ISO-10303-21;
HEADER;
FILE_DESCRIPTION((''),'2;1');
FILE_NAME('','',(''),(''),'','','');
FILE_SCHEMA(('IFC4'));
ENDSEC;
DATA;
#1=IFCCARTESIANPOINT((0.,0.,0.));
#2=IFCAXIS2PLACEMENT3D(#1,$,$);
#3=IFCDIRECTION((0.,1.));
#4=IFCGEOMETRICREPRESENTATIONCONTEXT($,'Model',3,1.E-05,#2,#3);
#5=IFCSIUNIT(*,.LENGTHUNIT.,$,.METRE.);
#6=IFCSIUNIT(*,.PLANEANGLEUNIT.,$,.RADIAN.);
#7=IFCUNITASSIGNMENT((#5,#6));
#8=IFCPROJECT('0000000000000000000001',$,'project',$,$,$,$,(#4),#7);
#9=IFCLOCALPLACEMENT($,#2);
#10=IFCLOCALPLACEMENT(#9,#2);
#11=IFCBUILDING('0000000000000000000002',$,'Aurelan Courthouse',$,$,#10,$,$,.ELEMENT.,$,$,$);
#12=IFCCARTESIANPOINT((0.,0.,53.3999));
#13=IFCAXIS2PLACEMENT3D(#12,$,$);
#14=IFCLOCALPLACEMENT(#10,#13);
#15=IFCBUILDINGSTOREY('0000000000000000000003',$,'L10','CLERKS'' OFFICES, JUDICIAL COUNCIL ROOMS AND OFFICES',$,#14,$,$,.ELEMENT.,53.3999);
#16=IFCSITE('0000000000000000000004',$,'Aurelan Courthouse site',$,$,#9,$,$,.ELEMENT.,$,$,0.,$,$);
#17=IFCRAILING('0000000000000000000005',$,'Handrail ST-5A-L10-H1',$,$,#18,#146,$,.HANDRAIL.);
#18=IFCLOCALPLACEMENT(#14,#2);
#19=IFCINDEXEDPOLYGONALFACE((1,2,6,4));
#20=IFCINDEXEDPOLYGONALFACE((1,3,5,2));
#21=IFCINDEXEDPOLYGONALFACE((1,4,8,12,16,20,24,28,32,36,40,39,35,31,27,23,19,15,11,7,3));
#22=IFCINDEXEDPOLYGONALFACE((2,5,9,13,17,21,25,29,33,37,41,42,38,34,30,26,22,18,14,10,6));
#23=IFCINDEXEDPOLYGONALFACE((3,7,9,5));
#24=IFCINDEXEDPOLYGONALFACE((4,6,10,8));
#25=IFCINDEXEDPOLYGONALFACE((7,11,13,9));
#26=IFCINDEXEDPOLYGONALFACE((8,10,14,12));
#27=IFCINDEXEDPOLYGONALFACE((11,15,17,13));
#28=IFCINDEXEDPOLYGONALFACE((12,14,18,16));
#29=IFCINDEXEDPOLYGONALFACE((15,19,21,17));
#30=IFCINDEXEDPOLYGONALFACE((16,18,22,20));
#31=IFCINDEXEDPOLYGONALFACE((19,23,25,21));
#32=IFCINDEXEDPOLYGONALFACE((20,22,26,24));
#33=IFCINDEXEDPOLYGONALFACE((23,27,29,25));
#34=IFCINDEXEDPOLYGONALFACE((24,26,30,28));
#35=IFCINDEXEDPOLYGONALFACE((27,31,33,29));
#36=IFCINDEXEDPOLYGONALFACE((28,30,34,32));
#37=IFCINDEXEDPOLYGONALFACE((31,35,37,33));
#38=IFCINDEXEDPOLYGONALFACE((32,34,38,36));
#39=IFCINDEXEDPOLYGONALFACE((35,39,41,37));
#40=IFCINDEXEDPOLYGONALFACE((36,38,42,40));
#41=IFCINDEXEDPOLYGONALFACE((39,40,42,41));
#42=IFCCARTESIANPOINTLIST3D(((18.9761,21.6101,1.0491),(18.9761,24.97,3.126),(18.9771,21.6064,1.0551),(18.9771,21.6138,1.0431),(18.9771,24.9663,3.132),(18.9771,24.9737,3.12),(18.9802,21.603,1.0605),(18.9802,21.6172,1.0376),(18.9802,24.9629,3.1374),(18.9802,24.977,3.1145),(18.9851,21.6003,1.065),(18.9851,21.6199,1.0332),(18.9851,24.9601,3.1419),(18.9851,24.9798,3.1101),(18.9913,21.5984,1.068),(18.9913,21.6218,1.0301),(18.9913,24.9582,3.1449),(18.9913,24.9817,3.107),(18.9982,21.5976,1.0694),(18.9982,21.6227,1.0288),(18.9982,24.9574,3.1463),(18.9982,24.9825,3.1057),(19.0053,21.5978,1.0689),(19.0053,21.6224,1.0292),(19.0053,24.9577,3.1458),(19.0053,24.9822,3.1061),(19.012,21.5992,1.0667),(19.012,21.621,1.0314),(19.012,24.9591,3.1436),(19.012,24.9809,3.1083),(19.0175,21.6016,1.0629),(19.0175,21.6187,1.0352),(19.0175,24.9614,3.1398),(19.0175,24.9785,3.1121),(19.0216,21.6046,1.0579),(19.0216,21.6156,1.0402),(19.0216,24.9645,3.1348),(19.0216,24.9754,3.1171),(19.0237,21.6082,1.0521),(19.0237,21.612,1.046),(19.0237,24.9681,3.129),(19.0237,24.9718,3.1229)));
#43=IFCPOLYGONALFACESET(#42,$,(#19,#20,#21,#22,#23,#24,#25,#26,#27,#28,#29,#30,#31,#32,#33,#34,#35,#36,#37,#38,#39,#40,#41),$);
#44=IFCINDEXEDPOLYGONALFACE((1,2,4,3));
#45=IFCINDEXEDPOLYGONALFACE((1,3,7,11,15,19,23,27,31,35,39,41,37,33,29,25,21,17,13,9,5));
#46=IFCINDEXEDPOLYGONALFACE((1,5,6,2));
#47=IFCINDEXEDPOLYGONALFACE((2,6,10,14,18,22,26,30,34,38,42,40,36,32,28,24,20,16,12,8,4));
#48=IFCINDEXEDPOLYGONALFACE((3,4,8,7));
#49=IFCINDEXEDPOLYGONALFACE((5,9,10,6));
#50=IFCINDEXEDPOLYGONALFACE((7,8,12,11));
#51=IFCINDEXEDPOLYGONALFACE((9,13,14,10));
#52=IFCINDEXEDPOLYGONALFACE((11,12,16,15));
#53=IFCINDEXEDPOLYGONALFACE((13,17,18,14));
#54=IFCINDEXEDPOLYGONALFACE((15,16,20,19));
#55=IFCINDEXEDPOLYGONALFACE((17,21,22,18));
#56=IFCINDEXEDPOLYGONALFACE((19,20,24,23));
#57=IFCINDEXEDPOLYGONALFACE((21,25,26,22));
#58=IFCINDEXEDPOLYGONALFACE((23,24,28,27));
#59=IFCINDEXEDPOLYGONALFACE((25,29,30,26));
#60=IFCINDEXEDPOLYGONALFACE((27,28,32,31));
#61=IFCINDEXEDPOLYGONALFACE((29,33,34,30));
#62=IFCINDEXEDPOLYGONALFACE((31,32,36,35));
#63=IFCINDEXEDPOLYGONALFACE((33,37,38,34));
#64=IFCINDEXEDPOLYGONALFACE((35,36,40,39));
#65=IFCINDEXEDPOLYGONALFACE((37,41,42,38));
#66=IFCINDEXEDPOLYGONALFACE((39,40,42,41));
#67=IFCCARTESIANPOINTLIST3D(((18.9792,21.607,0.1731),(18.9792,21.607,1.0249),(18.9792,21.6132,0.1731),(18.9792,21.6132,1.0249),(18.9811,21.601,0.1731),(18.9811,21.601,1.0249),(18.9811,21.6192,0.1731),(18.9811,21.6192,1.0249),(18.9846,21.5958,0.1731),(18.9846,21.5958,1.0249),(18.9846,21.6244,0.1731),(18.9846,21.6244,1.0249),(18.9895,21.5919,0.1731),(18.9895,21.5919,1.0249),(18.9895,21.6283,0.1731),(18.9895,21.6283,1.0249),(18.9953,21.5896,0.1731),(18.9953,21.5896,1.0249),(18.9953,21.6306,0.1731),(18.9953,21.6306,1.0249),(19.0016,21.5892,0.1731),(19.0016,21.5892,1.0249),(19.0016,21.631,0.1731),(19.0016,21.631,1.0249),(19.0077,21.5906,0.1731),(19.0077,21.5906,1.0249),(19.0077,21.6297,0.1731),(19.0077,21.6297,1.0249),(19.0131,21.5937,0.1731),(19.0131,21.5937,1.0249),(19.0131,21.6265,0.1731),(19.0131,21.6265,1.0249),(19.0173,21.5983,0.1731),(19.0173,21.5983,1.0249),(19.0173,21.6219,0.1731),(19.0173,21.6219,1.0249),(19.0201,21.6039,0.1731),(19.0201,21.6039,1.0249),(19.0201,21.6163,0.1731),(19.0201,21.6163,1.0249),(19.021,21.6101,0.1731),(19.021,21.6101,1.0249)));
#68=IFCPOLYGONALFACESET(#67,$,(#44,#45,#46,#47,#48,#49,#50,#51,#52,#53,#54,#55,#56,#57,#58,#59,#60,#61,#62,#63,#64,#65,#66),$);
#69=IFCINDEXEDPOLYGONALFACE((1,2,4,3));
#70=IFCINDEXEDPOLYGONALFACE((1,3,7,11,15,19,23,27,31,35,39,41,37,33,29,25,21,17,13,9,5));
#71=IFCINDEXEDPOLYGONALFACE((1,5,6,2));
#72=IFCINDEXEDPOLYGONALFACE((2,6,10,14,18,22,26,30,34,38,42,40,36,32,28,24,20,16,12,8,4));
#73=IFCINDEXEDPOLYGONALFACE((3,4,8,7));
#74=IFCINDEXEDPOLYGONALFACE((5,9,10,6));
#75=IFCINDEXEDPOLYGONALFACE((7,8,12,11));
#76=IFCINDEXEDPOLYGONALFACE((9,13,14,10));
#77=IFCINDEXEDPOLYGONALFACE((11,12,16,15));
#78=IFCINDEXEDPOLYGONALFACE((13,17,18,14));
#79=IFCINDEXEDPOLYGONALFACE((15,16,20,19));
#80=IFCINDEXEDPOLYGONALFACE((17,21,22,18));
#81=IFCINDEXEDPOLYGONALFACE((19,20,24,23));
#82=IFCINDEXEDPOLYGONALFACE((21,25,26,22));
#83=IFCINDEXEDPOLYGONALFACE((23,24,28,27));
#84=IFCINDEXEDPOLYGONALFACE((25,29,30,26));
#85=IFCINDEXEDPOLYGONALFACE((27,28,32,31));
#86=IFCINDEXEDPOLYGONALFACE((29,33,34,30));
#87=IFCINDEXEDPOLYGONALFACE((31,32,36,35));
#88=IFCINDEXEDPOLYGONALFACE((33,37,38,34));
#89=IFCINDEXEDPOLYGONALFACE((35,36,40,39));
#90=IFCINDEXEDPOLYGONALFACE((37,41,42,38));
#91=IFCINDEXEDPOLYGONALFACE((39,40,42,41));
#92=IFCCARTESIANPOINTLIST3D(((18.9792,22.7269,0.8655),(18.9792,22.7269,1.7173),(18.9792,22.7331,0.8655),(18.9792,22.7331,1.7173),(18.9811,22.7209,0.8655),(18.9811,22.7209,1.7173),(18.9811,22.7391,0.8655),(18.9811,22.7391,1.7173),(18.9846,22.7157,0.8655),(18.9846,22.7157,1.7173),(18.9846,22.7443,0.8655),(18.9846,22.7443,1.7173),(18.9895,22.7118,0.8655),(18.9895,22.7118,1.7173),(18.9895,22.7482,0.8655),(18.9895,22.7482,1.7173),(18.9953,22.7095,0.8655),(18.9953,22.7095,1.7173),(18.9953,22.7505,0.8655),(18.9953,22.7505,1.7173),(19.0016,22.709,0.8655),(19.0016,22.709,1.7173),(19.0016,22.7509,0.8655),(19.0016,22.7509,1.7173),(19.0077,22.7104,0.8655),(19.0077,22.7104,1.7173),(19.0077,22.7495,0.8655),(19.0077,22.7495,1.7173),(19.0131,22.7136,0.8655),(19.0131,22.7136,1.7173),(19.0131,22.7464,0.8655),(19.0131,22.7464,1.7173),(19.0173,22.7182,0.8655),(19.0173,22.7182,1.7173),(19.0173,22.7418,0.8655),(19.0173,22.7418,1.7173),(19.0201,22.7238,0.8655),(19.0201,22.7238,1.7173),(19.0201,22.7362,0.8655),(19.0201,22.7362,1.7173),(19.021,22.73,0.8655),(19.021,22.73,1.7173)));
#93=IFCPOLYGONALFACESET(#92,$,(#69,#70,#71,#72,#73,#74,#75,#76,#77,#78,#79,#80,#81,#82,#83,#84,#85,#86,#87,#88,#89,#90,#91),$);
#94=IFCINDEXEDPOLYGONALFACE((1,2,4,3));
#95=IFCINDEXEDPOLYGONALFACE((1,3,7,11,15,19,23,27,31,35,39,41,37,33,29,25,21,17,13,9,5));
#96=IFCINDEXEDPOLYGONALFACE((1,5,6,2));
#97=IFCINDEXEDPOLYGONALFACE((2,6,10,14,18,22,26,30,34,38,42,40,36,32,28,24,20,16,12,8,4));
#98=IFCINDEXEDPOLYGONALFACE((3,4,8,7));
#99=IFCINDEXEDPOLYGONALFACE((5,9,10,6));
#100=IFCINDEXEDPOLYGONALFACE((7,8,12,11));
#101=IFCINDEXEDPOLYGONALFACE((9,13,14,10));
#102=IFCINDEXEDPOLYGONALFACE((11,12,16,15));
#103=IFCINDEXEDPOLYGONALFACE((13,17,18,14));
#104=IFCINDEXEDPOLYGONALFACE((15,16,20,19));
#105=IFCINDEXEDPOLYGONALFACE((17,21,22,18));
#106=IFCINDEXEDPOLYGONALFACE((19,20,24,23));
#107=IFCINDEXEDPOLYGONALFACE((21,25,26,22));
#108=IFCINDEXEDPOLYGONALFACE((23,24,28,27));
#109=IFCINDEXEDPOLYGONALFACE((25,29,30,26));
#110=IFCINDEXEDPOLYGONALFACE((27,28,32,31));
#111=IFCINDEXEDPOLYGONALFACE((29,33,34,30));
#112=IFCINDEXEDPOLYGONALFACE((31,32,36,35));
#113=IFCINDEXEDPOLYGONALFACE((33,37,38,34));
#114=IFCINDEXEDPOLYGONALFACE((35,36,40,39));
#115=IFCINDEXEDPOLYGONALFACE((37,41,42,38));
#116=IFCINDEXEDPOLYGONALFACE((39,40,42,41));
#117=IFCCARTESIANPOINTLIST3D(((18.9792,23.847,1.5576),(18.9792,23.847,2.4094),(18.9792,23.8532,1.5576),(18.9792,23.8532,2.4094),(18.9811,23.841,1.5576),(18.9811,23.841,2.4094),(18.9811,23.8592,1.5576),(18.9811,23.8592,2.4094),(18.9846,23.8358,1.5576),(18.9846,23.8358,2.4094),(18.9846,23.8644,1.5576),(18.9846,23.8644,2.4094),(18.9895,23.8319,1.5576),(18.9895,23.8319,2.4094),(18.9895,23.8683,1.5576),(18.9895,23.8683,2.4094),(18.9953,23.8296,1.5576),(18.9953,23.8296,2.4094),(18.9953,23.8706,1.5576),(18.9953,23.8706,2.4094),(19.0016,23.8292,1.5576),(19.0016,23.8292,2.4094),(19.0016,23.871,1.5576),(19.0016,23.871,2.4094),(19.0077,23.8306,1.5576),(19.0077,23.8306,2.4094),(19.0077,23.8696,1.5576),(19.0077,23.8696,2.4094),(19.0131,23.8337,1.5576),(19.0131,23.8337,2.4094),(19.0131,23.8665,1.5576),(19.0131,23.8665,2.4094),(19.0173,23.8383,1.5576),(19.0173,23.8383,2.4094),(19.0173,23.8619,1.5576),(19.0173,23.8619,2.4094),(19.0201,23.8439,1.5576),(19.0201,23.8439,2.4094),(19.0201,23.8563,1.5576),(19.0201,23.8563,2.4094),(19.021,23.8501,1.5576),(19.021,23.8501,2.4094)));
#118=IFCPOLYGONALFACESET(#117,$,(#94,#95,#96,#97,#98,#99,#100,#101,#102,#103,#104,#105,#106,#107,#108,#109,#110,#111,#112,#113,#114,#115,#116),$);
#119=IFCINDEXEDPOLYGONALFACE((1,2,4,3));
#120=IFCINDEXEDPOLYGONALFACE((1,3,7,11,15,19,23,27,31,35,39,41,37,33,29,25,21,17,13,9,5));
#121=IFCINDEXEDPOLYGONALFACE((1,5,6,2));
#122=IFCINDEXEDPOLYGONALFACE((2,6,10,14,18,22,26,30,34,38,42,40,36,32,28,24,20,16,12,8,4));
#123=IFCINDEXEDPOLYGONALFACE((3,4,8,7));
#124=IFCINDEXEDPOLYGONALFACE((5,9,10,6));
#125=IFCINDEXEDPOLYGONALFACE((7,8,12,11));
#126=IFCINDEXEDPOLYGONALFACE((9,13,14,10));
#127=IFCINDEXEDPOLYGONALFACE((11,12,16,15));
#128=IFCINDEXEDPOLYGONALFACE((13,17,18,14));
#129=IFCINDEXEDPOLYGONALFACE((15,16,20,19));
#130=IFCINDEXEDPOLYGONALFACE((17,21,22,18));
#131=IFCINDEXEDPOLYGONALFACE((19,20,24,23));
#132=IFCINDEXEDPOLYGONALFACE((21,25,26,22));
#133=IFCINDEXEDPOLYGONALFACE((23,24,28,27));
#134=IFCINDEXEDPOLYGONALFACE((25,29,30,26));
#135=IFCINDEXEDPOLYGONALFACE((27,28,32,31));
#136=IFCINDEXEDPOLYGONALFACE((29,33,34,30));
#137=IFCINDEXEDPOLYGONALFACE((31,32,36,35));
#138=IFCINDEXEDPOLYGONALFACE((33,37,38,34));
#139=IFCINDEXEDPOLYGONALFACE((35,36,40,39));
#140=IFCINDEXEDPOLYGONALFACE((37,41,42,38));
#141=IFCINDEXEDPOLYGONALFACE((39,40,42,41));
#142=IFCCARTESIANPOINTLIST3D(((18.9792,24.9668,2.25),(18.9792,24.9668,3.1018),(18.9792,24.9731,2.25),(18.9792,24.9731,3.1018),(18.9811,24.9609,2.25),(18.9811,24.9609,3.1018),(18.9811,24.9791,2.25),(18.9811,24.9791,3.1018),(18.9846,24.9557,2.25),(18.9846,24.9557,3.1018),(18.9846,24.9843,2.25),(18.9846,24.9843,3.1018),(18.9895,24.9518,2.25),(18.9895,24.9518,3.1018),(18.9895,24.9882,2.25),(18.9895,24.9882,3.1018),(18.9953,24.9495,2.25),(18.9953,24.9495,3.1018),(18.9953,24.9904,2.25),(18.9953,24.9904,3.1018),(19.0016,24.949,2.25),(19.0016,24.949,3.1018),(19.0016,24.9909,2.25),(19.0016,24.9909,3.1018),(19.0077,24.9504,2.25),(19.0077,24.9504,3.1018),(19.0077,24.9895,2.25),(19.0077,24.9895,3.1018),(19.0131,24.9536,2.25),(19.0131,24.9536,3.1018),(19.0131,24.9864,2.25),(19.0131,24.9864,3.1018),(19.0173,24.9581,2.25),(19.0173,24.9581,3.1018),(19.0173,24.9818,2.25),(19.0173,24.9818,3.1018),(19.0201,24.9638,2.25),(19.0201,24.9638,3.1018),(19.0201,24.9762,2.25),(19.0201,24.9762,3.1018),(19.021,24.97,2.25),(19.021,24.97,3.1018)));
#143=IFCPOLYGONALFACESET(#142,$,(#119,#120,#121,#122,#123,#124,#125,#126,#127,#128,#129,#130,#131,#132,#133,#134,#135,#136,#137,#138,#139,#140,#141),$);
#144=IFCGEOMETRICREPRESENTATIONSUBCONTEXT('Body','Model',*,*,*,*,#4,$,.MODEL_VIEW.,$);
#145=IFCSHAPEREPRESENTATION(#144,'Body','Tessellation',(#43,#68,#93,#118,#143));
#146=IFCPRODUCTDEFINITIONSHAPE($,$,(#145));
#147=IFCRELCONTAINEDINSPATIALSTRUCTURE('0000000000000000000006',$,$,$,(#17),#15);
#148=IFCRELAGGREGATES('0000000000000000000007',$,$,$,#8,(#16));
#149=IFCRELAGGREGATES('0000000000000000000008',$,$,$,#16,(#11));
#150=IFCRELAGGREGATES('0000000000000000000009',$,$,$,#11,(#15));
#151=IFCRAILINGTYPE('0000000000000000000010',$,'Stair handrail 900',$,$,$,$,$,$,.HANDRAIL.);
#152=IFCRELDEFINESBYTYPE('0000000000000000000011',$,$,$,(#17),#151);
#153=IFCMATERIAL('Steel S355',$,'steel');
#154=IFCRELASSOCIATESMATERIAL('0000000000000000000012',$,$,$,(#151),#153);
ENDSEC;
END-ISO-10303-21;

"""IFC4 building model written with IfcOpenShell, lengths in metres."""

from ifc_helpers import new_model, si_unit, direction, frame, origin, origin_2d, place, context, subcontext, project, spatial, circle, extrude, material, type_object, element, save


model = new_model("IFC4")

# Units and contexts
model_context = context("Model", 3, precision=1e-05, world=origin(), true_north=direction((0.0, 1.0)))
body_context = subcontext(model_context, "Body", "Model", "MODEL_VIEW")
ifc_project = project(units=[si_unit("LENGTHUNIT", "METRE"), si_unit("PLANEANGLEUNIT", "RADIAN")], contexts=[model_context])

# Site, building, storey
site_placement = place(None, origin())
site = spatial("IfcSite", under=ifc_project, at=site_placement, Name="Aurelan Courthouse site", CompositionType="ELEMENT", RefElevation=0.0)
building_placement = place(site_placement, origin())
building = spatial("IfcBuilding", under=site, at=building_placement, Name="Aurelan Courthouse", CompositionType="ELEMENT")
storey_placement = place(building_placement, frame((0.0, 0.0, 53.3999)))
storey = spatial("IfcBuildingStorey", under=building, at=storey_placement, Name="L10", Description="CLERKS' OFFICES, JUDICIAL COUNCIL ROOMS AND OFFICES", CompositionType="ELEMENT", Elevation=53.3999)

# Railing
ifc_material_1 = material(Name="Steel S355", Category="steel")
railing_type_1 = type_object("IfcRailingType", Name="Stair handrail 900", PredefinedType="HANDRAIL", material=ifc_material_1)
for number, where, name in (
    (1, (19.0, 21.6101, 0.1731), "Handrail ST-5A-L10-H1"),
):
    element("IfcRailing", number, at=place(storey_placement, frame(where)), inside=storey, type_object=railing_type_1, Name=name, PredefinedType="HANDRAIL", context=body_context, shape_type="SweptSolid", body=[
        extrude(circle(Radius=0.0239, at=origin_2d()), frame((0.0, 0.0, 0.876), z_axis=(0.0, 0.850606, 0.525803), x_axis=(-1.0, 0.0, 0.0)), (0.0, 0.0, 1.0), 3.95),
        extrude(circle(Radius=0.021, at=origin_2d()), origin(), (0.0, 0.0, 1.0), 0.8518),
        extrude(circle(Radius=0.021, at=origin_2d()), frame((0.0, 1.1199, 0.6924)), (0.0, 0.0, 1.0), 0.8518),
        extrude(circle(Radius=0.021, at=origin_2d()), frame((0.0, 2.24, 1.3845)), (0.0, 0.0, 1.0), 0.8518),
        extrude(circle(Radius=0.021, at=origin_2d()), frame((0.0, 3.3599, 2.0769)), (0.0, 0.0, 1.0), 0.8518),
    ])

save(model, "model.ifc")
